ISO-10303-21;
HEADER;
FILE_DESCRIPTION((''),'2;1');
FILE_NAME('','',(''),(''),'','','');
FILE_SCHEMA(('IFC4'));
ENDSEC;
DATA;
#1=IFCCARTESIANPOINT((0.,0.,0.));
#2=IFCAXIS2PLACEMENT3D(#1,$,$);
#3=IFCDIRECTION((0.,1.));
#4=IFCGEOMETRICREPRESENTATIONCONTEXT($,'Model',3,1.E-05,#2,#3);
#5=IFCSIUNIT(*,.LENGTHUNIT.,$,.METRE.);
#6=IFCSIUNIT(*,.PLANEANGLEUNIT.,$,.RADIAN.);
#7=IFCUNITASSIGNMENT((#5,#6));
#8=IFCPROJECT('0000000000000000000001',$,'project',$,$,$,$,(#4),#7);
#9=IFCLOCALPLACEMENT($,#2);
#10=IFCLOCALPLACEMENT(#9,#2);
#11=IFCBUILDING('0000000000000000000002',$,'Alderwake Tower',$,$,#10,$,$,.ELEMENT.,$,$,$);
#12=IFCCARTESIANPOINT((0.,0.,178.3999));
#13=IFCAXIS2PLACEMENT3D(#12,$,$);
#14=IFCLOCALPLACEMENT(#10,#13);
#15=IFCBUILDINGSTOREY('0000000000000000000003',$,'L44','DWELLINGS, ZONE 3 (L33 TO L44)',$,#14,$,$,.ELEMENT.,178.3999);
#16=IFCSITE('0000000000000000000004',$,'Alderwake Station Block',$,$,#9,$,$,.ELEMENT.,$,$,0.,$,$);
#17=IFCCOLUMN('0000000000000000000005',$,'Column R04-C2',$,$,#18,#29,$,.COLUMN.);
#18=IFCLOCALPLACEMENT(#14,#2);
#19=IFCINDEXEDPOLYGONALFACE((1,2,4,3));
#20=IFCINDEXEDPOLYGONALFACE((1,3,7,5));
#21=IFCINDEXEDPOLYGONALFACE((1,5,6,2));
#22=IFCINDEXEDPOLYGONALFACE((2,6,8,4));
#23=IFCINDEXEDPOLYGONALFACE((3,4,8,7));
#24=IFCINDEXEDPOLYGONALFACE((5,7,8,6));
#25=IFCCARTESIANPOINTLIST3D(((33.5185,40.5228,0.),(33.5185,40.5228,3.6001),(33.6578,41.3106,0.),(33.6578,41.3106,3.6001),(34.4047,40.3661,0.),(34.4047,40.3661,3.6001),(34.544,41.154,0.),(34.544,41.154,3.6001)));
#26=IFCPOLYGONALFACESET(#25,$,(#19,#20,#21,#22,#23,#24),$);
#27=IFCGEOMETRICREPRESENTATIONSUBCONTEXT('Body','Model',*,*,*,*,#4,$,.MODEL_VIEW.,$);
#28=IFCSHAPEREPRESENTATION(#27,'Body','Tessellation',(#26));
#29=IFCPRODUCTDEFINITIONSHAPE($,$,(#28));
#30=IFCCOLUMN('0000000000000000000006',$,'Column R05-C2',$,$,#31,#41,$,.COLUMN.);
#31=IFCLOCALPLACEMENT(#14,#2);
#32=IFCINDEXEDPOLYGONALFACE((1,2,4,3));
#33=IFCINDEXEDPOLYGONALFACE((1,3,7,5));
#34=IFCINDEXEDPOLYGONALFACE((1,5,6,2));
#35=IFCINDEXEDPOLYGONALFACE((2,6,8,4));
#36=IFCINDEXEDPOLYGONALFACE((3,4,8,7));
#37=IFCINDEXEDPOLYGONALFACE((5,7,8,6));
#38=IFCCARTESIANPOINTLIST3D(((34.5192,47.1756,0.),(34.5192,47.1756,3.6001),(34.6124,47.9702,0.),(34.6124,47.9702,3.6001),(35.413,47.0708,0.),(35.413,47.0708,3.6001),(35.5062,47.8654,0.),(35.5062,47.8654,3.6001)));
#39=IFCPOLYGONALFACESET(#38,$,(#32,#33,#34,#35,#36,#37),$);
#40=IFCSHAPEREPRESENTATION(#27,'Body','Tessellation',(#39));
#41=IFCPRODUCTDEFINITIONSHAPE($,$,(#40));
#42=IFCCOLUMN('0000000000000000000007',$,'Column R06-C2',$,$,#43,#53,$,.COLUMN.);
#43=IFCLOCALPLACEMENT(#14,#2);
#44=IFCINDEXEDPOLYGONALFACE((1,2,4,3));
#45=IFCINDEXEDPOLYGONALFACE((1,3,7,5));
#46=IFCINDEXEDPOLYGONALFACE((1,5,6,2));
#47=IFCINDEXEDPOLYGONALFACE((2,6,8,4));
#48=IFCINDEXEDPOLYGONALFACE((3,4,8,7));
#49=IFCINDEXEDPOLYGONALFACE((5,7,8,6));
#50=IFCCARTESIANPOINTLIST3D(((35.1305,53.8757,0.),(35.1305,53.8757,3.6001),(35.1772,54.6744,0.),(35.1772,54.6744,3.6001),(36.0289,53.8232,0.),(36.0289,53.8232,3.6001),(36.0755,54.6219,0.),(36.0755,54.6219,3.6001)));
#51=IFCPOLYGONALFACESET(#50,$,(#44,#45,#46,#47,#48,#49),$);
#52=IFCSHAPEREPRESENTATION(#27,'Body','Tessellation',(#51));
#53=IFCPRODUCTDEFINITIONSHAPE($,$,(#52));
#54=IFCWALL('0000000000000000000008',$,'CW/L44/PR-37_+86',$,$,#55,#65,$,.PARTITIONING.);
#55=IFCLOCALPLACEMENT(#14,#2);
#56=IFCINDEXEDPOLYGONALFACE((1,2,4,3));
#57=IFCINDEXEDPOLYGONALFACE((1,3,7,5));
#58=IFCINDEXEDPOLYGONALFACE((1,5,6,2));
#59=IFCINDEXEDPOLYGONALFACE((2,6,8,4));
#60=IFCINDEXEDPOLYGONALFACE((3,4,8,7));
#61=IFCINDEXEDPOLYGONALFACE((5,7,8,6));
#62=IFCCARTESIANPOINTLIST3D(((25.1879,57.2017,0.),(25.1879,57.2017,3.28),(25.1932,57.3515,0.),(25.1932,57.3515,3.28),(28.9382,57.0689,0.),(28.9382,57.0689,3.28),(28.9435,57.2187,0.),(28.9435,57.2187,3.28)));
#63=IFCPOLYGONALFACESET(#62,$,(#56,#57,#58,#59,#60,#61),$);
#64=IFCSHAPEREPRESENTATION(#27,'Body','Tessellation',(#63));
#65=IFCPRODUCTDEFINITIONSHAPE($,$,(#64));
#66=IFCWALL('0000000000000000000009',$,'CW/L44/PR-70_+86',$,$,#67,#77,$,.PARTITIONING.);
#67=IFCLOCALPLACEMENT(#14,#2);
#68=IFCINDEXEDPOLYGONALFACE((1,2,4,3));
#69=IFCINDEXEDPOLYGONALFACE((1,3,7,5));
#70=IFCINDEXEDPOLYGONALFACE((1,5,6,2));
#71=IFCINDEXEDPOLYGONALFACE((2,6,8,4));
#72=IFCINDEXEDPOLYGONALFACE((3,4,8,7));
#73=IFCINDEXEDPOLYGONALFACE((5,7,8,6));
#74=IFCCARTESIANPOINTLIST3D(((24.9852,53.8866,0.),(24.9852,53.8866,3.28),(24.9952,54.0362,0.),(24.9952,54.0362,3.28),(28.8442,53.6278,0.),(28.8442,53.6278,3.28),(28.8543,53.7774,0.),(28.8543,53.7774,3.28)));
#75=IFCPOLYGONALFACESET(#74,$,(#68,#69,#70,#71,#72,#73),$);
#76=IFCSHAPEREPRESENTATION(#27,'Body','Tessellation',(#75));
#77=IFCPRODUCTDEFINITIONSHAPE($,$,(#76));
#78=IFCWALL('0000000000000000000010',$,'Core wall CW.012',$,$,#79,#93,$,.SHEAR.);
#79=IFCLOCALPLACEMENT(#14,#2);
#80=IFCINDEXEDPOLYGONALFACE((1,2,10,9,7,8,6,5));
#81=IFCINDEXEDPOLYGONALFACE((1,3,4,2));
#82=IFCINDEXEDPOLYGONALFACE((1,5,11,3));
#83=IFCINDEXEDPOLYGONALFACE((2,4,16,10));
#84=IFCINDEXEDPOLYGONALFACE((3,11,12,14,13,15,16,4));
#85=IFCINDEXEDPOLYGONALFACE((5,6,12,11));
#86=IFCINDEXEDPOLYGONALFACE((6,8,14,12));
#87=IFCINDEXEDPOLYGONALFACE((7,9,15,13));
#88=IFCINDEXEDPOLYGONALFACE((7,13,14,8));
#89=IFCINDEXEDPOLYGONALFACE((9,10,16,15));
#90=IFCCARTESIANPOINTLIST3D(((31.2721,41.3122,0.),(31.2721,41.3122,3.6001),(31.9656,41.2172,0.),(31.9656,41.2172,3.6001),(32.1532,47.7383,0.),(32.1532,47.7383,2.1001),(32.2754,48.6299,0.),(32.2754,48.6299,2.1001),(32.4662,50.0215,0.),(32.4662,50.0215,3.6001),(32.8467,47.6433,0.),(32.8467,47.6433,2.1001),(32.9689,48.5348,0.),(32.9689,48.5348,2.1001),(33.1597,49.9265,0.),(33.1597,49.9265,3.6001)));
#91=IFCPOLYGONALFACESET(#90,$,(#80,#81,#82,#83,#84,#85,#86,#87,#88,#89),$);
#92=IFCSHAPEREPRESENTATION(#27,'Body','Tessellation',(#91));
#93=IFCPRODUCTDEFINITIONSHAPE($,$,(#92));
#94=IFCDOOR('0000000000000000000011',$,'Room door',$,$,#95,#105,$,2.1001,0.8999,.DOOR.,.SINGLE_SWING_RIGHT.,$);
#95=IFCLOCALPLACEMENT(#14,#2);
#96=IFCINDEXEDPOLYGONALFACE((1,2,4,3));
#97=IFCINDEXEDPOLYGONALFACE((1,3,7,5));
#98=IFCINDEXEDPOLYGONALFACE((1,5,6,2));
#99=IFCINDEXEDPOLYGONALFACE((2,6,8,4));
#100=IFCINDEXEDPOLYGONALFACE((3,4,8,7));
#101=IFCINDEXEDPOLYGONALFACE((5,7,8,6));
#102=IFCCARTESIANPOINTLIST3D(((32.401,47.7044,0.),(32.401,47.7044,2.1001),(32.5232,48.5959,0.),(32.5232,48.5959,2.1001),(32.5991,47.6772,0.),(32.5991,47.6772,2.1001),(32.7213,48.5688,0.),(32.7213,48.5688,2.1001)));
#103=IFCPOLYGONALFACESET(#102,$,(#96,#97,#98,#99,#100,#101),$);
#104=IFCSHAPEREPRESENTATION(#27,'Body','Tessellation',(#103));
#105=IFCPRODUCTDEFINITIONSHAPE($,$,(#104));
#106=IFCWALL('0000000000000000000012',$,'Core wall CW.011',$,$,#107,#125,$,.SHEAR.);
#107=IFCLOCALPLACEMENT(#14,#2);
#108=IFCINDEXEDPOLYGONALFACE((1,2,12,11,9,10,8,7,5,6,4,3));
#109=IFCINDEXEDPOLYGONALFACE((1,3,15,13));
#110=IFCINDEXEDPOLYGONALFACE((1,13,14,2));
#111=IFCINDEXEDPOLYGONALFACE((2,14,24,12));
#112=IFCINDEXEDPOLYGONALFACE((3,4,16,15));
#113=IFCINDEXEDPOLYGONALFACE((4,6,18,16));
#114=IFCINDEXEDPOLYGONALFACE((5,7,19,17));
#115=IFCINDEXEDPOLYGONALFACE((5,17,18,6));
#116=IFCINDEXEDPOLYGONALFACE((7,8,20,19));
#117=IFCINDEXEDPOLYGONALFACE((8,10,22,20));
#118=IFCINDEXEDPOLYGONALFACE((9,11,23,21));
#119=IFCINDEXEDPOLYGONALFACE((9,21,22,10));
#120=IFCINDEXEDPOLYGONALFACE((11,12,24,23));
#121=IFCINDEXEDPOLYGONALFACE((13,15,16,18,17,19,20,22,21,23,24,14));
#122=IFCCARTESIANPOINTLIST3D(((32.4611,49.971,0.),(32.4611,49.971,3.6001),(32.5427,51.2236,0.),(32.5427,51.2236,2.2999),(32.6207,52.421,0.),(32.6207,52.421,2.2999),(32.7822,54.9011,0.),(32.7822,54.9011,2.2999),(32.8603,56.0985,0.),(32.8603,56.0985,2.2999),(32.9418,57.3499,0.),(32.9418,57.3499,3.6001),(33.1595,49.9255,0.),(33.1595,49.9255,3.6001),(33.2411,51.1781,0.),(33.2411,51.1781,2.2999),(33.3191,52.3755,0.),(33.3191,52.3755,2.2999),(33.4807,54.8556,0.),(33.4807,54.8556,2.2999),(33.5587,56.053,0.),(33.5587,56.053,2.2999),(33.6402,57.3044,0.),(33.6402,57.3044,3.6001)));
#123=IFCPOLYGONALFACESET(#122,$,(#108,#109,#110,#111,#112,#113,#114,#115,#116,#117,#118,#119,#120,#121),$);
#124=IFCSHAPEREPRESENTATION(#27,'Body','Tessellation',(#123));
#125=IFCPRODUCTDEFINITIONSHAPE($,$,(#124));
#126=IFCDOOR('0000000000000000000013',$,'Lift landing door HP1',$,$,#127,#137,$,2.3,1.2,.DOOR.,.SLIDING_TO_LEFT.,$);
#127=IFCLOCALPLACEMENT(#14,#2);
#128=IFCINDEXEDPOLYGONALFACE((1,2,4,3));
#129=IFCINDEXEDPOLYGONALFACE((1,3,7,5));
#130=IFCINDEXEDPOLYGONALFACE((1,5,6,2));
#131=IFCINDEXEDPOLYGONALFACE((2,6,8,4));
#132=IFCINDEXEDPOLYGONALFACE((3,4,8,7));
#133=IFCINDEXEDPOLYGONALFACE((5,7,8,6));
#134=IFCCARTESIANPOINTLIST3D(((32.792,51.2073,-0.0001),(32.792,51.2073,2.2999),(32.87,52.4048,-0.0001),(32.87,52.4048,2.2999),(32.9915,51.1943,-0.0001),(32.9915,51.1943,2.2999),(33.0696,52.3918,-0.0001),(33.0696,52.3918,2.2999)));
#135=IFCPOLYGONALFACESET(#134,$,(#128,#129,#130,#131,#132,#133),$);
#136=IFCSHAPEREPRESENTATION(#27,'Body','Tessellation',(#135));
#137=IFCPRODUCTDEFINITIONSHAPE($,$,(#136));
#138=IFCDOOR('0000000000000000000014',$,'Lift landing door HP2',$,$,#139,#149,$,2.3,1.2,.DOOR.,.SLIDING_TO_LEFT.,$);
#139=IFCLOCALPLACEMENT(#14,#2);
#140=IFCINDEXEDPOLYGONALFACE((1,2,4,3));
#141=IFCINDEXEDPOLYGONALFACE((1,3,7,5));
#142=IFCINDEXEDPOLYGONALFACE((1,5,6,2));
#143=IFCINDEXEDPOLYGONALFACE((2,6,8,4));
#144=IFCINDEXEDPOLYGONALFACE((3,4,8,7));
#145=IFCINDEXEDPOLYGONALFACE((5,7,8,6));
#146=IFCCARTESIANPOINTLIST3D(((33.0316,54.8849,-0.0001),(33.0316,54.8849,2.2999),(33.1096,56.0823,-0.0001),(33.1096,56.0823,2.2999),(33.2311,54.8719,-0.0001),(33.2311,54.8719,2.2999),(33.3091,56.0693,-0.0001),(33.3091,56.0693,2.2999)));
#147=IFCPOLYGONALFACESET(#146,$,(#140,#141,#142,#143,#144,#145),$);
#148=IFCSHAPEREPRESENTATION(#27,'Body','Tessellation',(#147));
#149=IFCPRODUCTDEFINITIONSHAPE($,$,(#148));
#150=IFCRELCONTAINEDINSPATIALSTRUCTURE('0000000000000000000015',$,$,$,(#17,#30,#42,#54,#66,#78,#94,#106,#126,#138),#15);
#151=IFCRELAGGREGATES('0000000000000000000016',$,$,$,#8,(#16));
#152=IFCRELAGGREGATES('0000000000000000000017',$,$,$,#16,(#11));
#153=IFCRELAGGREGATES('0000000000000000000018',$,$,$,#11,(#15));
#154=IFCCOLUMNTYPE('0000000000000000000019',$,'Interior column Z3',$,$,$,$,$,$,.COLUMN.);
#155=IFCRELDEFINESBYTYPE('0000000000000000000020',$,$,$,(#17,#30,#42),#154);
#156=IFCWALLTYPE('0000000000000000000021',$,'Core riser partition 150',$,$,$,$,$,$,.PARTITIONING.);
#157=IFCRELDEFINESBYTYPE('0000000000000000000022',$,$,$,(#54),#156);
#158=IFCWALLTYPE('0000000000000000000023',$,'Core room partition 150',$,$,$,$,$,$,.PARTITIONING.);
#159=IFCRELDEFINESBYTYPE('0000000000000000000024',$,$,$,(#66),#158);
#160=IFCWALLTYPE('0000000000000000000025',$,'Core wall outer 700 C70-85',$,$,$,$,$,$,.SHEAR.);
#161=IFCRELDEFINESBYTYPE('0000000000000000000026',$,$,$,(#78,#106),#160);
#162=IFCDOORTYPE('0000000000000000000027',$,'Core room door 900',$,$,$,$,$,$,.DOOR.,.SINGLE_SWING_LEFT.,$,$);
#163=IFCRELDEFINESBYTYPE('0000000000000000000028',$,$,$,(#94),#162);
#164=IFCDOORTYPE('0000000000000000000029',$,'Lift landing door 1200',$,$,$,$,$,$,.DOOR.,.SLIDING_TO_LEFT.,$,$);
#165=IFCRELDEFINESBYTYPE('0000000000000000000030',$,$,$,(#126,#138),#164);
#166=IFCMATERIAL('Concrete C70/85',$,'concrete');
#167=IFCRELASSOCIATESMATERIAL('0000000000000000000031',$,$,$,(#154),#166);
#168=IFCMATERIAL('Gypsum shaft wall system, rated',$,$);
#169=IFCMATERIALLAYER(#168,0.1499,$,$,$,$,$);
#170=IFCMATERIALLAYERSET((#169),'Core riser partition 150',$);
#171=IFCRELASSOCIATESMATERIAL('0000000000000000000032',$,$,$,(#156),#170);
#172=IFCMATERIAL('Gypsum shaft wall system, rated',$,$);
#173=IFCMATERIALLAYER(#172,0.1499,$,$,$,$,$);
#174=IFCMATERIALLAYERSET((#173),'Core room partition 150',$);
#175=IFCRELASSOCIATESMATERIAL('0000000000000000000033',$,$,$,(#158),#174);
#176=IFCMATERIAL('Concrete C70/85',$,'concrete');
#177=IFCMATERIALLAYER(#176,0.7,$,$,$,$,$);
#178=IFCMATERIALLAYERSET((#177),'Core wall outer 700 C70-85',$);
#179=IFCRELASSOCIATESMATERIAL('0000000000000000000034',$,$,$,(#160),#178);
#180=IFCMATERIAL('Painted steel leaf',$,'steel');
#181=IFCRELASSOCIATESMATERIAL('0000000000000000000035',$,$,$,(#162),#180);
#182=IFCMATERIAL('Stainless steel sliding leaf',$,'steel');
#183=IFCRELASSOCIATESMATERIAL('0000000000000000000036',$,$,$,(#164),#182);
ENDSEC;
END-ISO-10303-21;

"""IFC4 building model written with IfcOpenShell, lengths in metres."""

from ifc_helpers import new_model, si_unit, direction, frame, frame_2d, origin, origin_2d, place, context, subcontext, project, spatial, rectangle, extrude, material, layer, layer_set, material_profile, profile_set, type_object, element, fill, save


model = new_model("IFC4")

# Units and contexts
model_context = context("Model", 3, precision=1e-05, world=origin(), true_north=direction((0.0, 1.0)))
body_context = subcontext(model_context, "Body", "Model", "MODEL_VIEW")
ifc_project = project(units=[si_unit("LENGTHUNIT", "METRE"), si_unit("PLANEANGLEUNIT", "RADIAN")], contexts=[model_context])

# Site, building, storey
site_placement = place(None, origin())
site = spatial("IfcSite", under=ifc_project, at=site_placement, Name="Alderwake Station Block", CompositionType="ELEMENT", RefElevation=0.0)
building_placement = place(site_placement, origin())
building = spatial("IfcBuilding", under=site, at=building_placement, Name="Alderwake Tower", CompositionType="ELEMENT")
storey_placement = place(building_placement, frame((0.0, 0.0, 178.3999)))
storey = spatial("IfcBuildingStorey", under=building, at=storey_placement, Name="L44", Description="DWELLINGS, ZONE 3 (L33 TO L44)", CompositionType="ELEMENT", Elevation=178.3999)

# Columns
ifc_material_1 = material(Name="Concrete C70/85", Category="concrete")
ifc_material_profile = material_profile(ifc_material_1, rectangle(XDim=0.8, YDim=0.8999, at=origin_2d()), Name="RC 900X800")
ifc_profile_set = profile_set([ifc_material_profile], Name="Concrete C70/85")
column_type = type_object("IfcColumnType", Name="Interior column Z3", PredefinedType="COLUMN", material=ifc_profile_set)
for number, where, z_axis, x_axis, name in (
    (1, (34.0312, 40.8384, 0.0), (0.0, 0.0, 1.0), (0.174109, 0.984726, 0.0), "Column R04-C2"),
    (2, (35.0127, 47.5205, 0.0), (0.0, 0.0, 1.0), (0.116402, 0.993202, 0.0), "Column R05-C2"),
    (3, (35.603, 54.2488, 0.0), (0.0, 0.0, 1.0), (0.058301, 0.998299, 0.0), "Column R06-C2"),
):
    element("IfcColumn", number, at=place(storey_placement, frame(where, z_axis=z_axis, x_axis=x_axis)), inside=storey, type_object=column_type, Name=name, PredefinedType="COLUMN", context=body_context, shape_type="SweptSolid", body=[
        extrude(rectangle(XDim=0.8, YDim=0.8999, at=origin_2d()), origin(), (0.0, 0.0, 1.0), 3.6001),
    ])

# Walls
ifc_material_2 = material(Name="Gypsum shaft wall system, rated")
ifc_layer_1 = layer(ifc_material_2, 0.1499)
ifc_layer_set_1 = layer_set([ifc_layer_1], Name="Core riser partition 150")
wall_type_1 = type_object("IfcWallType", Name="Core riser partition 150", PredefinedType="PARTITIONING", material=ifc_layer_set_1)
wall_1_placement = place(storey_placement, frame((25.1904, 57.2766, 0.0), z_axis=(0.0, 0.0, 1.0), x_axis=(0.999374, -0.035392, 0.0)))
element("IfcWall", 4, at=wall_1_placement, inside=storey, type_object=wall_type_1, Name="CW/L44/PR-37_+86", PredefinedType="PARTITIONING", context=body_context, shape_type="SweptSolid", body=[
    extrude(rectangle(XDim=3.7527, YDim=0.1499, at=frame_2d((1.8765, 0.0))), origin(), (0.0, 0.0, 1.0), 3.28),
])
ifc_material_3 = material(Name="Gypsum shaft wall system, rated")
ifc_layer_2 = layer(ifc_material_3, 0.1499)
ifc_layer_set_2 = layer_set([ifc_layer_2], Name="Core room partition 150")
wall_type_2 = type_object("IfcWallType", Name="Core room partition 150", PredefinedType="PARTITIONING", material=ifc_layer_set_2)
wall_2_placement = place(storey_placement, frame((24.9902, 53.9614, 0.0), z_axis=(0.0, 0.0, 1.0), x_axis=(0.997759, -0.066913, 0.0)))
element("IfcWall", 5, at=wall_2_placement, inside=storey, type_object=wall_type_2, Name="CW/L44/PR-70_+86", PredefinedType="PARTITIONING", context=body_context, shape_type="SweptSolid", body=[
    extrude(rectangle(XDim=3.8677, YDim=0.1499, at=frame_2d((1.9338, 0.0))), origin(), (0.0, 0.0, 1.0), 3.28),
])

# Wall, opening, door
ifc_material_4 = material(Name="Concrete C70/85", Category="concrete")
ifc_layer_3 = layer(ifc_material_4, 0.7)
ifc_layer_set_3 = layer_set([ifc_layer_3], Name="Core wall outer 700 C70-85")
wall_type_3 = type_object("IfcWallType", Name="Core wall outer 700 C70-85", PredefinedType="SHEAR", material=ifc_layer_set_3)
wall_3_placement = place(storey_placement, frame((32.813, 49.9741, 0.0), z_axis=(0.0, 0.0, 1.0), x_axis=(-0.135836, -0.990731, 0.0)))
wall_3 = element("IfcWall", 6, at=wall_3_placement, inside=storey, type_object=wall_type_3, Name="Core wall CW.012", PredefinedType="SHEAR", context=body_context, shape_type="SweptSolid", body=[
    extrude(rectangle(XDim=8.7908, YDim=0.7, at=frame_2d((4.3955, 0.0))), origin(), (0.0, 0.0, 1.0), 3.6001),
])
opening_1_placement = place(wall_3_placement, frame((1.4048, 0.0, 0.0)))
opening_1 = element("IfcOpeningElement", 7, at=opening_1_placement, cuts=wall_3, PredefinedType="OPENING", context=body_context, shape_type="SweptSolid", body=[
    extrude(rectangle(XDim=0.8999, YDim=2.1001, at=frame_2d((0.45, 1.05))), frame((0.0, 0.3599, 0.0), z_axis=(0.0, -1.0, 0.0), x_axis=(1.0, 0.0, 0.0)), (0.0, 0.0, 1.0), 0.72),
])
ifc_material_5 = material(Name="Painted steel leaf", Category="steel")
door_type_1 = type_object("IfcDoorType", Name="Core room door 900", OperationType="SINGLE_SWING_LEFT", PredefinedType="DOOR", material=ifc_material_5)
door_1_placement = place(opening_1_placement, origin())
door_1 = element("IfcDoor", 8, at=door_1_placement, inside=storey, type_object=door_type_1, Name="Room door", OperationType="SINGLE_SWING_RIGHT", OverallHeight=2.1001, OverallWidth=0.8999, PredefinedType="DOOR", context=body_context, shape_type="SweptSolid", body=[
    extrude(rectangle(XDim=0.8999, YDim=2.1001, at=frame_2d((0.45, 1.05))), frame((0.0, 0.1001, 0.0), z_axis=(0.0, -1.0, 0.0), x_axis=(1.0, 0.0, 0.0)), (0.0, 0.0, 1.0), 0.2),
])
fill(opening_1, door_1)

# Wall, openings, doors
wall_4_placement = place(storey_placement, frame((32.8103, 49.9482, 0.0), z_axis=(0.0, 0.0, 1.0), x_axis=(0.065009, 0.997885, 0.0)))
wall_4 = element("IfcWall", 9, at=wall_4_placement, inside=storey, type_object=wall_type_3, Name="Core wall CW.011", PredefinedType="SHEAR", context=body_context, shape_type="SweptSolid", body=[
    extrude(rectangle(XDim=7.3945, YDim=0.7, at=frame_2d((3.6973, 0.0))), origin(), (0.0, 0.0, 1.0), 3.6001),
])
opening_2_placement = place(wall_4_placement, frame((1.2551, 0.0, 0.0)))
opening_2 = element("IfcOpeningElement", 10, at=opening_2_placement, cuts=wall_4, PredefinedType="OPENING", context=body_context, shape_type="SweptSolid", body=[
    extrude(rectangle(XDim=1.2, YDim=2.3, at=frame_2d((0.6001, 1.1499))), frame((0.0, 0.3599, 0.0), z_axis=(0.0, -1.0, 0.0), x_axis=(1.0, 0.0, 0.0)), (0.0, 0.0, 1.0), 0.72),
])
opening_3_placement = place(wall_4_placement, frame((4.9404, 0.0, 0.0)))
opening_3 = element("IfcOpeningElement", 11, at=opening_3_placement, cuts=wall_4, PredefinedType="OPENING", context=body_context, shape_type="SweptSolid", body=[
    extrude(rectangle(XDim=1.2, YDim=2.3, at=frame_2d((0.6001, 1.1499))), frame((0.0, 0.3599, 0.0), z_axis=(0.0, -1.0, 0.0), x_axis=(1.0, 0.0, 0.0)), (0.0, 0.0, 1.0), 0.72),
])
ifc_material_6 = material(Name="Stainless steel sliding leaf", Category="steel")
door_type_2 = type_object("IfcDoorType", Name="Lift landing door 1200", OperationType="SLIDING_TO_LEFT", PredefinedType="DOOR", material=ifc_material_6)
door_2_placement = place(opening_2_placement, origin())
door_2 = element("IfcDoor", 12, at=door_2_placement, inside=storey, type_object=door_type_2, Name="Lift landing door HP1", OperationType="SLIDING_TO_LEFT", OverallHeight=2.3, OverallWidth=1.2, PredefinedType="DOOR", context=body_context, shape_type="SweptSolid", body=[
    extrude(rectangle(XDim=1.2, YDim=2.3, at=frame_2d((0.6001, 1.1499))), frame((0.0, 0.1001, 0.0), z_axis=(0.0, -1.0, 0.0), x_axis=(1.0, 0.0, 0.0)), (0.0, 0.0, 1.0), 0.2),
])
fill(opening_2, door_2)
door_3_placement = place(opening_3_placement, origin())
door_3 = element("IfcDoor", 13, at=door_3_placement, inside=storey, type_object=door_type_2, Name="Lift landing door HP2", OperationType="SLIDING_TO_LEFT", OverallHeight=2.3, OverallWidth=1.2, PredefinedType="DOOR", context=body_context, shape_type="SweptSolid", body=[
    extrude(rectangle(XDim=1.2, YDim=2.3, at=frame_2d((0.6001, 1.1499))), frame((0.0, 0.1001, 0.0), z_axis=(0.0, -1.0, 0.0), x_axis=(1.0, 0.0, 0.0)), (0.0, 0.0, 1.0), 0.2),
])
fill(opening_3, door_3)

save(model, "model.ifc")
